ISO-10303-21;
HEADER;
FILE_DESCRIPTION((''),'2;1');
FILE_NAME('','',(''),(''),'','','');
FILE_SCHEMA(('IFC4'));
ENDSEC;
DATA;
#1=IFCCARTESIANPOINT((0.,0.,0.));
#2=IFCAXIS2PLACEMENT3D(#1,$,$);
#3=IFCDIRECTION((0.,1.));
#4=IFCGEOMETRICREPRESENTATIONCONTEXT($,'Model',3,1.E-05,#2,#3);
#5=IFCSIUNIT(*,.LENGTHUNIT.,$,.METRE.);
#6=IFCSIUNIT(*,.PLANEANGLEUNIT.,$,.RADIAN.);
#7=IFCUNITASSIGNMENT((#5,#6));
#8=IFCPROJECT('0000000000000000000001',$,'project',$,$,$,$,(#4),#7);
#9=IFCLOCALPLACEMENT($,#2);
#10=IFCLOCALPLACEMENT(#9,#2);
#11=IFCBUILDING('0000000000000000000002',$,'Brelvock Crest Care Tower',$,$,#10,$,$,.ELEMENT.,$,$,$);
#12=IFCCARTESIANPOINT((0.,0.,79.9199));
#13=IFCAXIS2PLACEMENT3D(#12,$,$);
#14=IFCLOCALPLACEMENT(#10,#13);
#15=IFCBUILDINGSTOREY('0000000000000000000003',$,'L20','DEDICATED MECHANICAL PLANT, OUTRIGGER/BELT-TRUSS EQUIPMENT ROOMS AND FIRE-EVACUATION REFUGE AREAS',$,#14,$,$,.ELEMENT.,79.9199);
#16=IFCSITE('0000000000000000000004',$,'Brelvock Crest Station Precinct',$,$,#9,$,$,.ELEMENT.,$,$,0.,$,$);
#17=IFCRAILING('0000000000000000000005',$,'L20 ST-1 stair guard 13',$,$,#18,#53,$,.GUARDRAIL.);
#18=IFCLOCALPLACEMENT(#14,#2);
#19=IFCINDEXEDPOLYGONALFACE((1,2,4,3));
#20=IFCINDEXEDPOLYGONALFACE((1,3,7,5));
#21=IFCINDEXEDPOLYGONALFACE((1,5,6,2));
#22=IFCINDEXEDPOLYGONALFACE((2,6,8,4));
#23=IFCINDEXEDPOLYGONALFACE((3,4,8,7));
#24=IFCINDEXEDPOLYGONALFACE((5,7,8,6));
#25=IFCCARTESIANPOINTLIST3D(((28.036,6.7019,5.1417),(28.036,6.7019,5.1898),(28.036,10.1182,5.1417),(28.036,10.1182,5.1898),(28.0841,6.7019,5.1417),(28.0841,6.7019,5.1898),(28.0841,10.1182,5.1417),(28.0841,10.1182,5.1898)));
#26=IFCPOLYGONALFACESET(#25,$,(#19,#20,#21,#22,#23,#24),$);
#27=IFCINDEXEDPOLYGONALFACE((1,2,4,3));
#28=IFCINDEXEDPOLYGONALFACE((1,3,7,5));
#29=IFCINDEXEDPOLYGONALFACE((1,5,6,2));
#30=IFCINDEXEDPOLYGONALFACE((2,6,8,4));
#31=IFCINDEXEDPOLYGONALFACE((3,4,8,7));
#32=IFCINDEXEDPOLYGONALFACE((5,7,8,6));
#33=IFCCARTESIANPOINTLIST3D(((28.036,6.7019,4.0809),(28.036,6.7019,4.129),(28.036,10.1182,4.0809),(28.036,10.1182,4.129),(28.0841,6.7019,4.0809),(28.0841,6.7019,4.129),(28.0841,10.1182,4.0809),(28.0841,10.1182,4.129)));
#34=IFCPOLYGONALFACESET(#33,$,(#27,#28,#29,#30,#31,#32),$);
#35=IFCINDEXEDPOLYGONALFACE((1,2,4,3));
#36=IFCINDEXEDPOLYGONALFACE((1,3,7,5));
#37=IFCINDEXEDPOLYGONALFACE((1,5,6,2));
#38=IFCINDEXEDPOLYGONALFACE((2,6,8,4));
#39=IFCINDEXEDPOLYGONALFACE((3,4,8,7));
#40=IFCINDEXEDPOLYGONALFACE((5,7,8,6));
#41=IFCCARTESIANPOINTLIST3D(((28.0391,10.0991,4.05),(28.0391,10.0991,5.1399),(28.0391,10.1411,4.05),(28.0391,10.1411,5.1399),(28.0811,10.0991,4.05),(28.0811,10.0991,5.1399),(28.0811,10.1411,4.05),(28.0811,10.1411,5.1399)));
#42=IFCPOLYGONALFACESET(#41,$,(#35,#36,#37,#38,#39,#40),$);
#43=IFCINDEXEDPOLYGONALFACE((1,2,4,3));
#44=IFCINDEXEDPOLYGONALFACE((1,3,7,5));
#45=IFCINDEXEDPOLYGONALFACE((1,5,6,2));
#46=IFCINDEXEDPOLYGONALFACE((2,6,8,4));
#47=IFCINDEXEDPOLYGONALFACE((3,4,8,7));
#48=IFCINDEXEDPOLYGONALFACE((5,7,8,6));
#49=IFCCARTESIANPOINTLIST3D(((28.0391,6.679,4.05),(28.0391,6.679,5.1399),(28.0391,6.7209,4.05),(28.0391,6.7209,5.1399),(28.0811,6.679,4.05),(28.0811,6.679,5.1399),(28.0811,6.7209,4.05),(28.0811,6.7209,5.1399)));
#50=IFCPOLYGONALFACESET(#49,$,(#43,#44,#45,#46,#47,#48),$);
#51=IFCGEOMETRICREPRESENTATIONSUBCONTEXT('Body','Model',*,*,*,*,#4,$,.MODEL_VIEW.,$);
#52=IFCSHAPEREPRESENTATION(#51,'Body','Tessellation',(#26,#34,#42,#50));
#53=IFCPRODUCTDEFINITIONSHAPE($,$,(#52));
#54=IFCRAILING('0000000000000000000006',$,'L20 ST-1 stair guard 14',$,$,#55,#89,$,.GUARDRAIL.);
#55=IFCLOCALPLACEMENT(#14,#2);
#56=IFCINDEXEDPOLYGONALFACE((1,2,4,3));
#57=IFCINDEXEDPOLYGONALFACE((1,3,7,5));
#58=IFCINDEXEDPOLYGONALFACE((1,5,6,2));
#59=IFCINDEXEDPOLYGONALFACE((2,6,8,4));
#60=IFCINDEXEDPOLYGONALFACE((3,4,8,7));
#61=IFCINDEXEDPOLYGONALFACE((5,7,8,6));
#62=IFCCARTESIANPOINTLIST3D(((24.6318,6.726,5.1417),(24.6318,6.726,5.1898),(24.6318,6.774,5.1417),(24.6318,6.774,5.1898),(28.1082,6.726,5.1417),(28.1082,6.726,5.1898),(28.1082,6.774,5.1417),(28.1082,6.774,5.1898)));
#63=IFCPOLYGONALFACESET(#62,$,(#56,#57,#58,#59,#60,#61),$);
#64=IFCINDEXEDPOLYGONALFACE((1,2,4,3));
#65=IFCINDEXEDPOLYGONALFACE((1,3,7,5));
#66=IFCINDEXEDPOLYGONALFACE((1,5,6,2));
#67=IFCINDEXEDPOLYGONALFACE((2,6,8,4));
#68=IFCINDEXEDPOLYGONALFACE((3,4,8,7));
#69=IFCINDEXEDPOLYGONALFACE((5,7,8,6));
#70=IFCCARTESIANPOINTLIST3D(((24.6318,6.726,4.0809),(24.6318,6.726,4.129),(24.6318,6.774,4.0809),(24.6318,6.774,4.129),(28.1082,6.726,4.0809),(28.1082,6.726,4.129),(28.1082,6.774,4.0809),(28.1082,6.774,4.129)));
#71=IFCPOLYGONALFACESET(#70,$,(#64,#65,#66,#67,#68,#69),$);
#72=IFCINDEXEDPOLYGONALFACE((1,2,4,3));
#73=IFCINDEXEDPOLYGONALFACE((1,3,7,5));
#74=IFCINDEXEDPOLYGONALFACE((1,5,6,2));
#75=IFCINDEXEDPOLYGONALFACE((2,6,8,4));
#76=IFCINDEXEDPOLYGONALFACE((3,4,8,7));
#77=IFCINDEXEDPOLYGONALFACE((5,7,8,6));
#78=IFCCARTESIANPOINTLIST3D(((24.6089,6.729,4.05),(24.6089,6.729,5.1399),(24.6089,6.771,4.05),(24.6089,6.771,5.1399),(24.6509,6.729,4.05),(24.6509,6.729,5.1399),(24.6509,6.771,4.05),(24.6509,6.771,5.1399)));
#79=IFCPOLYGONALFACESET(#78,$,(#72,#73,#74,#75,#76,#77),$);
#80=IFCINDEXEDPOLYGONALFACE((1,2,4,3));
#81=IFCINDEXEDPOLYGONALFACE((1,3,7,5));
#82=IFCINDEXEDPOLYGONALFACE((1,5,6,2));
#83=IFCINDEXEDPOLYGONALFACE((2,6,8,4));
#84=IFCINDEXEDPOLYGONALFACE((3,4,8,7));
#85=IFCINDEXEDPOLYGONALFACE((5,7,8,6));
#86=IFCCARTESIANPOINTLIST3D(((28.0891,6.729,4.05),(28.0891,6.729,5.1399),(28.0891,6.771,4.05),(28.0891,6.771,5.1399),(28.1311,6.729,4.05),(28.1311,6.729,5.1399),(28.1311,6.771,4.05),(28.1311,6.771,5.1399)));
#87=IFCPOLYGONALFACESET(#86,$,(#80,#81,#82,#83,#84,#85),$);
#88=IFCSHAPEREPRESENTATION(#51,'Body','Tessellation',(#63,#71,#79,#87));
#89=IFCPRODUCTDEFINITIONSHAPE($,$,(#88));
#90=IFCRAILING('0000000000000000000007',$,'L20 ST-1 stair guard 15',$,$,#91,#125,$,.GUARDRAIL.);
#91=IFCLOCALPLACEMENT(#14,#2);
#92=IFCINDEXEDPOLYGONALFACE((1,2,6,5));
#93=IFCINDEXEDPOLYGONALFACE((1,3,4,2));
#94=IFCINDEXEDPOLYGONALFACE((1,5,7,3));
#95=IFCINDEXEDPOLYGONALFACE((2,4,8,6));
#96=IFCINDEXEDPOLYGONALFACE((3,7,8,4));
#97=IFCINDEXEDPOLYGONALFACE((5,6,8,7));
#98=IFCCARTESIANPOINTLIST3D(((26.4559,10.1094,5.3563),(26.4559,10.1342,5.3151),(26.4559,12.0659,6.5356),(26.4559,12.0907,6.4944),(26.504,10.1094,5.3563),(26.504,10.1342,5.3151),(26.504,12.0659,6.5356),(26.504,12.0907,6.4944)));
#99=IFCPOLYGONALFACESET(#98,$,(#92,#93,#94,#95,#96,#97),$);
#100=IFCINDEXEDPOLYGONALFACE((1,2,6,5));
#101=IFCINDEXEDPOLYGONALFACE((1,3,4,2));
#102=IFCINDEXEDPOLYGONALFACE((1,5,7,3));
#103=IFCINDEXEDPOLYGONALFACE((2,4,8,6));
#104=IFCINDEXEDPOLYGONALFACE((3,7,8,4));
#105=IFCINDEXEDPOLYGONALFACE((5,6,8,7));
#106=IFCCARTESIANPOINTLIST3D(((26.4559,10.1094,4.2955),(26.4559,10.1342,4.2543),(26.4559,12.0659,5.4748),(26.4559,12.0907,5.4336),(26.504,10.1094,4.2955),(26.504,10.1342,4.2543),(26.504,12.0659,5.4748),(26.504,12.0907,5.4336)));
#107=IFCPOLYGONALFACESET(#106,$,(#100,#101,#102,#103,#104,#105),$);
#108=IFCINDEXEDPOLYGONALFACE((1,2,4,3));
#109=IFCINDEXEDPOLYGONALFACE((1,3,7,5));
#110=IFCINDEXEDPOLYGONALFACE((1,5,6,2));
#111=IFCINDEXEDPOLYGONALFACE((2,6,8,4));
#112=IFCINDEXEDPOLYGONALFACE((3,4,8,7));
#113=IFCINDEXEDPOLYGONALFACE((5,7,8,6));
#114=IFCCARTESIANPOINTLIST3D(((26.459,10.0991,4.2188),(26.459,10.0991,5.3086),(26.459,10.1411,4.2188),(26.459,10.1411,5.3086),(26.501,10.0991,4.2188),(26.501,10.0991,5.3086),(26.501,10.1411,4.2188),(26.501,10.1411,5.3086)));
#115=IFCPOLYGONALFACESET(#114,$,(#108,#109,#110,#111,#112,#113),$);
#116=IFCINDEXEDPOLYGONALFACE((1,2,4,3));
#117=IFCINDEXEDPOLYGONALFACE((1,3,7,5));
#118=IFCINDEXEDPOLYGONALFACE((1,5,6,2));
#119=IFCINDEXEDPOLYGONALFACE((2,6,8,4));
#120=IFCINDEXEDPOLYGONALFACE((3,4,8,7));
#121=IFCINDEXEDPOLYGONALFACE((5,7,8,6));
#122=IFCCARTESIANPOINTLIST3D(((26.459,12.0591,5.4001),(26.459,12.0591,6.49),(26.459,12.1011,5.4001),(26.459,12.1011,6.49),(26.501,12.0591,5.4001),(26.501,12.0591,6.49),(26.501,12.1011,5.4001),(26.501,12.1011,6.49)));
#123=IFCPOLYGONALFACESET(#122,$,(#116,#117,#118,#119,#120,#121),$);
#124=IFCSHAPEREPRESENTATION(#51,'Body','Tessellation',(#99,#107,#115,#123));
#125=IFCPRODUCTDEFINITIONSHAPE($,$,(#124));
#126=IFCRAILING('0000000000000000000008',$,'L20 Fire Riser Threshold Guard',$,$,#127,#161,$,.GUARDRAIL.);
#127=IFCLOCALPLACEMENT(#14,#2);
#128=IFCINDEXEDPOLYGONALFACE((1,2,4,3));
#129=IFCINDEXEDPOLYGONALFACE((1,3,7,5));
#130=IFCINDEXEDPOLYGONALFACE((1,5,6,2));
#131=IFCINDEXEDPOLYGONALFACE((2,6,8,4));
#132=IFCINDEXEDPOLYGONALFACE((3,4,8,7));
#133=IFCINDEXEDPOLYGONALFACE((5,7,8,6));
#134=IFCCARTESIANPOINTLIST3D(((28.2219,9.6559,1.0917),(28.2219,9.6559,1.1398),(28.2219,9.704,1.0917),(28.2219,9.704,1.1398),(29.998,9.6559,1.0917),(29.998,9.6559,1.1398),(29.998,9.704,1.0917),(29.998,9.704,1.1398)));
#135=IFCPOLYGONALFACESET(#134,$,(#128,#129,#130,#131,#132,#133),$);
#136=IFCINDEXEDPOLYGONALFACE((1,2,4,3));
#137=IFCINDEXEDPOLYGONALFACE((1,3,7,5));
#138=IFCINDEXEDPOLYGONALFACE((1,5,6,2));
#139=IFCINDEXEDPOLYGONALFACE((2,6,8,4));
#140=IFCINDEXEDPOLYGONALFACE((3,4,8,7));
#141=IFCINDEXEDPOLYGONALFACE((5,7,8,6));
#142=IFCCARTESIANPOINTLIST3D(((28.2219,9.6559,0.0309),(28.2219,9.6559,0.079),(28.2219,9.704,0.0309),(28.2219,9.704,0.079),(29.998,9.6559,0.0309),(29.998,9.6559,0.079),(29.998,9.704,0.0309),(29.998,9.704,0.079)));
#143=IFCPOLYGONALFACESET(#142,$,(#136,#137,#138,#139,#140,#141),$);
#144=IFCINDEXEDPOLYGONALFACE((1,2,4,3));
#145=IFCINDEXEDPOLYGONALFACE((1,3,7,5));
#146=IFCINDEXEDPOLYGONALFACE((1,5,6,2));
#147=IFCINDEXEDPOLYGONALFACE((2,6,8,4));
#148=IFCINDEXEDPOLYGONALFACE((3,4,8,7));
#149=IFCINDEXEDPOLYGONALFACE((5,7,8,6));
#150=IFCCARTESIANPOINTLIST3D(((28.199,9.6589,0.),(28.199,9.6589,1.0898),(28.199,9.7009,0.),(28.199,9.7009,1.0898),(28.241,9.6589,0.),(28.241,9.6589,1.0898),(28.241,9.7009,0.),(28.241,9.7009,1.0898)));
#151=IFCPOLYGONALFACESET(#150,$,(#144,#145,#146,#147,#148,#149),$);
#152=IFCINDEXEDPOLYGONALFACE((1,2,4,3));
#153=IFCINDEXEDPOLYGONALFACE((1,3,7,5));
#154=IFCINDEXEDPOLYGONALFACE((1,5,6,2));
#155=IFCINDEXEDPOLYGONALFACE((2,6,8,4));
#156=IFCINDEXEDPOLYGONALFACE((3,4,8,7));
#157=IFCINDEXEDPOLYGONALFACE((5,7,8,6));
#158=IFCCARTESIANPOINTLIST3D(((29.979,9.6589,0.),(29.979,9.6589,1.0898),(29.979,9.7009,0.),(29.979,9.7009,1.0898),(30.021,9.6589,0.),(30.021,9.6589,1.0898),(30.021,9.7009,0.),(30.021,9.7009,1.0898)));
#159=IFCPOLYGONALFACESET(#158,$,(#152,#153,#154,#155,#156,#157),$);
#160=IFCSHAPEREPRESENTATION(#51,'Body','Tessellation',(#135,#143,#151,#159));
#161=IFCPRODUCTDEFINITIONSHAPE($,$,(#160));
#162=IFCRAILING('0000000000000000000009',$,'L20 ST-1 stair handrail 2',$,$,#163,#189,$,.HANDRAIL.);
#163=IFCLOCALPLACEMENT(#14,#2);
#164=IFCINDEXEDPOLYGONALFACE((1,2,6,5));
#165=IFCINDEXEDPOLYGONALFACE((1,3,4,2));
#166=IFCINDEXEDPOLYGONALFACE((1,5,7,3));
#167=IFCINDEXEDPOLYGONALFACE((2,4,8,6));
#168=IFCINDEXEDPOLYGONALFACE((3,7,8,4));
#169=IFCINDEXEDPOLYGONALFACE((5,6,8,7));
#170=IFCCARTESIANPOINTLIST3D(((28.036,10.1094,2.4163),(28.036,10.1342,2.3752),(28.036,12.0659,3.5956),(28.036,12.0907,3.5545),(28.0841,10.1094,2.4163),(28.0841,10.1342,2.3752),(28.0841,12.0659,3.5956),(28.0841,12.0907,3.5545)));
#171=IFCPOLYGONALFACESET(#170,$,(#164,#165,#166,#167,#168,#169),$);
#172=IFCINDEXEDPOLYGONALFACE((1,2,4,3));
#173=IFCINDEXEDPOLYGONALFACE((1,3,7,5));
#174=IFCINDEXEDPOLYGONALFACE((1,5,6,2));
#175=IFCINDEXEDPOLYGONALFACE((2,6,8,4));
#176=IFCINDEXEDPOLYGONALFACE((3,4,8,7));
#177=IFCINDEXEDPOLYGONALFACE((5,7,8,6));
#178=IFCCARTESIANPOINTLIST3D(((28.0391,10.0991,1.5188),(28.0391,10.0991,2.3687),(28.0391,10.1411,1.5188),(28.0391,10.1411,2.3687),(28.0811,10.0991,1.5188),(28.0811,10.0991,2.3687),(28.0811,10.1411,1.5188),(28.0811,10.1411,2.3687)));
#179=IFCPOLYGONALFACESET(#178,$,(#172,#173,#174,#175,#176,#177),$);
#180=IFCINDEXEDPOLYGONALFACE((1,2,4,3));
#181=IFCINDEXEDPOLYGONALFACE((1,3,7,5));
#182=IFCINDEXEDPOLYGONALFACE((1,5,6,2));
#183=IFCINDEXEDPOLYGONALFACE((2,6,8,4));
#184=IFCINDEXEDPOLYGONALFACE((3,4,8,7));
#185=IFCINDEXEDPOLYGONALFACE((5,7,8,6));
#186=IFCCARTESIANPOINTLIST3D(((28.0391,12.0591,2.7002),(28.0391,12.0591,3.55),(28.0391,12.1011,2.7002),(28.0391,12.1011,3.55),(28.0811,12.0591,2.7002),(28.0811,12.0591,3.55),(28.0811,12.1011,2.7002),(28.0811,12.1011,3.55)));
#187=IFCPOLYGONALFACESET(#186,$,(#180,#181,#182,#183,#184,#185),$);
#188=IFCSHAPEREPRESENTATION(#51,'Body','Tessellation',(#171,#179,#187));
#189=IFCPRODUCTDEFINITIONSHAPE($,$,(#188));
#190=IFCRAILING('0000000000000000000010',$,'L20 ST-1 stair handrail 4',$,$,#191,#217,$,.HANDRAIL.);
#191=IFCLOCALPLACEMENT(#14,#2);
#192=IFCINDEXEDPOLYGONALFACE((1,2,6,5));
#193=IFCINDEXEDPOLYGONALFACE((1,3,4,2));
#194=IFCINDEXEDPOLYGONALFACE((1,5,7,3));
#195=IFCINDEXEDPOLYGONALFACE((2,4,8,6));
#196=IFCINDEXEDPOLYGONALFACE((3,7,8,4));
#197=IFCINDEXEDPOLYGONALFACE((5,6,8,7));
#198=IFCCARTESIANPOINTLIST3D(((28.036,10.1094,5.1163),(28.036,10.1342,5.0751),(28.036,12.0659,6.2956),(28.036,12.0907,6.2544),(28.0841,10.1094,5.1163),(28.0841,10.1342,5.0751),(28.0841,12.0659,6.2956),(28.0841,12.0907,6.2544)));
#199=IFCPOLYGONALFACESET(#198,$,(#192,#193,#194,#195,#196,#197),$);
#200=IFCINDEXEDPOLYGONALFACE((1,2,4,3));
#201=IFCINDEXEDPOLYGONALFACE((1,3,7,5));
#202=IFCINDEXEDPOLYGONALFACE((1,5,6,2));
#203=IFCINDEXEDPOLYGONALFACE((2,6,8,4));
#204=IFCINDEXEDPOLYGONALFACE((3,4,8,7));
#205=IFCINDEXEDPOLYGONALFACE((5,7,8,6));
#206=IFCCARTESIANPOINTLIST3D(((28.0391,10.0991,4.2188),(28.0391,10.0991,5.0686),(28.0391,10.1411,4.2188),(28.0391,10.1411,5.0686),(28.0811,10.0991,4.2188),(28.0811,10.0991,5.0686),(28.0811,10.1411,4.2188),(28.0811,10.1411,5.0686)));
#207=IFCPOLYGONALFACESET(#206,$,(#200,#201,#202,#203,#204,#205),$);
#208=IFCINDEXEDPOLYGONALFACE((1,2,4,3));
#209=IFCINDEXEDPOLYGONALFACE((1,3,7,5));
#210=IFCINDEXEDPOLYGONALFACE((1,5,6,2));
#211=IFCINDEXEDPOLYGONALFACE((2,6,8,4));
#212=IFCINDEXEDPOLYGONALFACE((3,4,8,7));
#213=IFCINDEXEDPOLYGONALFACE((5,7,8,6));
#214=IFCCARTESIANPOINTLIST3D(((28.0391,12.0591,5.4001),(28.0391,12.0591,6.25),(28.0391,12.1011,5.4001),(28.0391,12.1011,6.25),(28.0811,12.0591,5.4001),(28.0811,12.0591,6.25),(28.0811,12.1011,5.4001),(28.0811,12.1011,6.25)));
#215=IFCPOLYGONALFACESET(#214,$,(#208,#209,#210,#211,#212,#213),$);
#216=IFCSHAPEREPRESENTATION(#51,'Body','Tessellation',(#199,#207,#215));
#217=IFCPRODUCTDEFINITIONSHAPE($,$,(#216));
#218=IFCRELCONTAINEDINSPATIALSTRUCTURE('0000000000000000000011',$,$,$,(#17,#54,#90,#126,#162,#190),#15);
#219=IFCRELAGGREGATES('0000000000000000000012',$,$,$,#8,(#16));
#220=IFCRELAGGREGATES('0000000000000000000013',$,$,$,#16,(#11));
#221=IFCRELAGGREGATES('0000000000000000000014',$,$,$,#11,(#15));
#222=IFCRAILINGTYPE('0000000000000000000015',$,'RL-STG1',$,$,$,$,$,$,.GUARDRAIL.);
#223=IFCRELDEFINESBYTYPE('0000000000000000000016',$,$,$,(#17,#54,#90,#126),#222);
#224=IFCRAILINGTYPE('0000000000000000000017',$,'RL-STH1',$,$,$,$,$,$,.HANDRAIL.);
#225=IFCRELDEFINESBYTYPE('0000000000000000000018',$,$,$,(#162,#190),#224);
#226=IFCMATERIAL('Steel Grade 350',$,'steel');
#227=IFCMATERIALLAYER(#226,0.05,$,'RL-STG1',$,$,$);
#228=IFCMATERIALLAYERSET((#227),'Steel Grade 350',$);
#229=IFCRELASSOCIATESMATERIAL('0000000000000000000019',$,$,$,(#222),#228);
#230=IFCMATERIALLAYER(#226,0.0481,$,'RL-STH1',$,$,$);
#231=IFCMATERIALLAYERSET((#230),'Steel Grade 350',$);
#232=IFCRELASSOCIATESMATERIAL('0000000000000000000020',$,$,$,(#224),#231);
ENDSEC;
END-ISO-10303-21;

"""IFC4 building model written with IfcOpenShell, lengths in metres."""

from ifc_helpers import new_model, si_unit, direction, frame, origin, origin_2d, place, context, subcontext, project, spatial, rectangle, extrude, material, layer, layer_set, type_object, element, save


model = new_model("IFC4")

# Units and contexts
model_context = context("Model", 3, precision=1e-05, world=origin(), true_north=direction((0.0, 1.0)))
body_context = subcontext(model_context, "Body", "Model", "MODEL_VIEW")
ifc_project = project(units=[si_unit("LENGTHUNIT", "METRE"), si_unit("PLANEANGLEUNIT", "RADIAN")], contexts=[model_context])

# Site, building, storey
site_placement = place(None, origin())
site = spatial("IfcSite", under=ifc_project, at=site_placement, Name="Brelvock Crest Station Precinct", CompositionType="ELEMENT", RefElevation=0.0)
building_placement = place(site_placement, origin())
building = spatial("IfcBuilding", under=site, at=building_placement, Name="Brelvock Crest Care Tower", CompositionType="ELEMENT")
storey_placement = place(building_placement, frame((0.0, 0.0, 79.9199)))
storey = spatial("IfcBuildingStorey", under=building, at=storey_placement, Name="L20", Description="DEDICATED MECHANICAL PLANT, OUTRIGGER/BELT-TRUSS EQUIPMENT ROOMS AND FIRE-EVACUATION REFUGE AREAS", CompositionType="ELEMENT", Elevation=79.9199)

# Shared definitions
ifc_material_1 = material(Name="Steel Grade 350", Category="steel")

# Railings
ifc_layer_1 = layer(ifc_material_1, 0.05, Name="RL-STG1")
ifc_layer_set_1 = layer_set([ifc_layer_1], Name="Steel Grade 350")
railing_type_1 = type_object("IfcRailingType", Name="RL-STG1", PredefinedType="GUARDRAIL", material=ifc_layer_set_1)
for number, where, name in (
    (1, (28.0601, 10.1201, 4.05), "L20 ST-1 stair guard 13"),
):
    element("IfcRailing", number, at=place(storey_placement, frame(where)), inside=storey, type_object=railing_type_1, Name=name, PredefinedType="GUARDRAIL", context=body_context, shape_type="SweptSolid", body=[
        extrude(rectangle(XDim=0.0481, YDim=0.0481, at=origin_2d()), frame((0.0, -0.002, 1.1157), z_axis=(0.0, -1.0, 0.0), x_axis=(1.0, 0.0, 0.0)), (0.0, 0.0, 1.0), 3.4163),
        extrude(rectangle(XDim=0.0481, YDim=0.0481, at=origin_2d()), frame((0.0, -0.002, 0.0549), z_axis=(0.0, -1.0, 0.0), x_axis=(1.0, 0.0, 0.0)), (0.0, 0.0, 1.0), 3.4163),
        extrude(rectangle(XDim=0.042, YDim=0.042, at=origin_2d()), origin(), (0.0, 0.0, 1.0), 1.0898),
        extrude(rectangle(XDim=0.042, YDim=0.042, at=origin_2d()), frame((0.0, -3.4202, 0.0)), (0.0, 0.0, 1.0), 1.0898),
    ])
railing_1_placement = place(storey_placement, frame((24.6299, 6.75, 4.05)))
element("IfcRailing", 2, at=railing_1_placement, inside=storey, type_object=railing_type_1, Name="L20 ST-1 stair guard 14", PredefinedType="GUARDRAIL", context=body_context, shape_type="SweptSolid", body=[
    extrude(rectangle(XDim=0.0481, YDim=0.0481, at=origin_2d()), frame((0.002, 0.0, 1.1157), z_axis=(1.0, 0.0, 0.0), x_axis=(0.0, 1.0, 0.0)), (0.0, 0.0, 1.0), 3.4763),
    extrude(rectangle(XDim=0.0481, YDim=0.0481, at=origin_2d()), frame((0.002, 0.0, 0.0549), z_axis=(1.0, 0.0, 0.0), x_axis=(0.0, 1.0, 0.0)), (0.0, 0.0, 1.0), 3.4763),
    extrude(rectangle(XDim=0.042, YDim=0.042, at=origin_2d()), origin(), (0.0, 0.0, 1.0), 1.0898),
    extrude(rectangle(XDim=0.042, YDim=0.042, at=origin_2d()), frame((3.4802, 0.0, 0.0)), (0.0, 0.0, 1.0), 1.0898),
])
railing_2_placement = place(storey_placement, frame((26.48, 10.1201, 4.2188)))
element("IfcRailing", 3, at=railing_2_placement, inside=storey, type_object=railing_type_1, Name="L20 ST-1 stair guard 15", PredefinedType="GUARDRAIL", context=body_context, shape_type="SweptSolid", body=[
    extrude(rectangle(XDim=0.0481, YDim=0.0481, at=origin_2d()), frame((0.0, 0.0017, 1.1169), z_axis=(0.0, 0.856446, 0.516236), x_axis=(-1.0, 0.0, 0.0)), (0.0, 0.0, 1.0), 2.2844),
    extrude(rectangle(XDim=0.0481, YDim=0.0481, at=origin_2d()), frame((0.0, 0.0017, 0.0562), z_axis=(0.0, 0.856446, 0.516236), x_axis=(-1.0, 0.0, 0.0)), (0.0, 0.0, 1.0), 2.2844),
    extrude(rectangle(XDim=0.042, YDim=0.042, at=origin_2d()), origin(), (0.0, 0.0, 1.0), 1.0898),
    extrude(rectangle(XDim=0.042, YDim=0.042, at=origin_2d()), frame((0.0, 1.96, 1.1814)), (0.0, 0.0, 1.0), 1.0898),
])
railing_3_placement = place(storey_placement, frame((28.22, 9.6799, 0.0)))
element("IfcRailing", 4, at=railing_3_placement, inside=storey, type_object=railing_type_1, Name="L20 Fire Riser Threshold Guard", PredefinedType="GUARDRAIL", context=body_context, shape_type="SweptSolid", body=[
    extrude(rectangle(XDim=0.0481, YDim=0.0481, at=origin_2d()), frame((0.002, 0.0, 1.1157), z_axis=(1.0, 0.0, 0.0), x_axis=(0.0, 1.0, 0.0)), (0.0, 0.0, 1.0), 1.7761),
    extrude(rectangle(XDim=0.0481, YDim=0.0481, at=origin_2d()), frame((0.002, 0.0, 0.0549), z_axis=(1.0, 0.0, 0.0), x_axis=(0.0, 1.0, 0.0)), (0.0, 0.0, 1.0), 1.7761),
    extrude(rectangle(XDim=0.042, YDim=0.042, at=origin_2d()), origin(), (0.0, 0.0, 1.0), 1.0898),
    extrude(rectangle(XDim=0.042, YDim=0.042, at=origin_2d()), frame((1.78, 0.0, 0.0)), (0.0, 0.0, 1.0), 1.0898),
])
ifc_layer_2 = layer(ifc_material_1, 0.0481, Name="RL-STH1")
ifc_layer_set_2 = layer_set([ifc_layer_2], Name="Steel Grade 350")
railing_type_2 = type_object("IfcRailingType", Name="RL-STH1", PredefinedType="HANDRAIL", material=ifc_layer_set_2)
for number, where, name in (
    (5, (28.0601, 10.1201, 1.5188), "L20 ST-1 stair handrail 2"),
    (6, (28.0601, 10.1201, 4.2188), "L20 ST-1 stair handrail 4"),
):
    element("IfcRailing", number, at=place(storey_placement, frame(where)), inside=storey, type_object=railing_type_2, Name=name, PredefinedType="HANDRAIL", context=body_context, shape_type="SweptSolid", body=[
        extrude(rectangle(XDim=0.0481, YDim=0.0481, at=origin_2d()), frame((0.0, 0.0017, 0.877), z_axis=(0.0, 0.856446, 0.516236), x_axis=(-1.0, 0.0, 0.0)), (0.0, 0.0, 1.0), 2.2844),
        extrude(rectangle(XDim=0.042, YDim=0.042, at=origin_2d()), origin(), (0.0, 0.0, 1.0), 0.8499),
        extrude(rectangle(XDim=0.042, YDim=0.042, at=origin_2d()), frame((0.0, 1.96, 1.1814)), (0.0, 0.0, 1.0), 0.8499),
    ])

save(model, "model.ifc")
